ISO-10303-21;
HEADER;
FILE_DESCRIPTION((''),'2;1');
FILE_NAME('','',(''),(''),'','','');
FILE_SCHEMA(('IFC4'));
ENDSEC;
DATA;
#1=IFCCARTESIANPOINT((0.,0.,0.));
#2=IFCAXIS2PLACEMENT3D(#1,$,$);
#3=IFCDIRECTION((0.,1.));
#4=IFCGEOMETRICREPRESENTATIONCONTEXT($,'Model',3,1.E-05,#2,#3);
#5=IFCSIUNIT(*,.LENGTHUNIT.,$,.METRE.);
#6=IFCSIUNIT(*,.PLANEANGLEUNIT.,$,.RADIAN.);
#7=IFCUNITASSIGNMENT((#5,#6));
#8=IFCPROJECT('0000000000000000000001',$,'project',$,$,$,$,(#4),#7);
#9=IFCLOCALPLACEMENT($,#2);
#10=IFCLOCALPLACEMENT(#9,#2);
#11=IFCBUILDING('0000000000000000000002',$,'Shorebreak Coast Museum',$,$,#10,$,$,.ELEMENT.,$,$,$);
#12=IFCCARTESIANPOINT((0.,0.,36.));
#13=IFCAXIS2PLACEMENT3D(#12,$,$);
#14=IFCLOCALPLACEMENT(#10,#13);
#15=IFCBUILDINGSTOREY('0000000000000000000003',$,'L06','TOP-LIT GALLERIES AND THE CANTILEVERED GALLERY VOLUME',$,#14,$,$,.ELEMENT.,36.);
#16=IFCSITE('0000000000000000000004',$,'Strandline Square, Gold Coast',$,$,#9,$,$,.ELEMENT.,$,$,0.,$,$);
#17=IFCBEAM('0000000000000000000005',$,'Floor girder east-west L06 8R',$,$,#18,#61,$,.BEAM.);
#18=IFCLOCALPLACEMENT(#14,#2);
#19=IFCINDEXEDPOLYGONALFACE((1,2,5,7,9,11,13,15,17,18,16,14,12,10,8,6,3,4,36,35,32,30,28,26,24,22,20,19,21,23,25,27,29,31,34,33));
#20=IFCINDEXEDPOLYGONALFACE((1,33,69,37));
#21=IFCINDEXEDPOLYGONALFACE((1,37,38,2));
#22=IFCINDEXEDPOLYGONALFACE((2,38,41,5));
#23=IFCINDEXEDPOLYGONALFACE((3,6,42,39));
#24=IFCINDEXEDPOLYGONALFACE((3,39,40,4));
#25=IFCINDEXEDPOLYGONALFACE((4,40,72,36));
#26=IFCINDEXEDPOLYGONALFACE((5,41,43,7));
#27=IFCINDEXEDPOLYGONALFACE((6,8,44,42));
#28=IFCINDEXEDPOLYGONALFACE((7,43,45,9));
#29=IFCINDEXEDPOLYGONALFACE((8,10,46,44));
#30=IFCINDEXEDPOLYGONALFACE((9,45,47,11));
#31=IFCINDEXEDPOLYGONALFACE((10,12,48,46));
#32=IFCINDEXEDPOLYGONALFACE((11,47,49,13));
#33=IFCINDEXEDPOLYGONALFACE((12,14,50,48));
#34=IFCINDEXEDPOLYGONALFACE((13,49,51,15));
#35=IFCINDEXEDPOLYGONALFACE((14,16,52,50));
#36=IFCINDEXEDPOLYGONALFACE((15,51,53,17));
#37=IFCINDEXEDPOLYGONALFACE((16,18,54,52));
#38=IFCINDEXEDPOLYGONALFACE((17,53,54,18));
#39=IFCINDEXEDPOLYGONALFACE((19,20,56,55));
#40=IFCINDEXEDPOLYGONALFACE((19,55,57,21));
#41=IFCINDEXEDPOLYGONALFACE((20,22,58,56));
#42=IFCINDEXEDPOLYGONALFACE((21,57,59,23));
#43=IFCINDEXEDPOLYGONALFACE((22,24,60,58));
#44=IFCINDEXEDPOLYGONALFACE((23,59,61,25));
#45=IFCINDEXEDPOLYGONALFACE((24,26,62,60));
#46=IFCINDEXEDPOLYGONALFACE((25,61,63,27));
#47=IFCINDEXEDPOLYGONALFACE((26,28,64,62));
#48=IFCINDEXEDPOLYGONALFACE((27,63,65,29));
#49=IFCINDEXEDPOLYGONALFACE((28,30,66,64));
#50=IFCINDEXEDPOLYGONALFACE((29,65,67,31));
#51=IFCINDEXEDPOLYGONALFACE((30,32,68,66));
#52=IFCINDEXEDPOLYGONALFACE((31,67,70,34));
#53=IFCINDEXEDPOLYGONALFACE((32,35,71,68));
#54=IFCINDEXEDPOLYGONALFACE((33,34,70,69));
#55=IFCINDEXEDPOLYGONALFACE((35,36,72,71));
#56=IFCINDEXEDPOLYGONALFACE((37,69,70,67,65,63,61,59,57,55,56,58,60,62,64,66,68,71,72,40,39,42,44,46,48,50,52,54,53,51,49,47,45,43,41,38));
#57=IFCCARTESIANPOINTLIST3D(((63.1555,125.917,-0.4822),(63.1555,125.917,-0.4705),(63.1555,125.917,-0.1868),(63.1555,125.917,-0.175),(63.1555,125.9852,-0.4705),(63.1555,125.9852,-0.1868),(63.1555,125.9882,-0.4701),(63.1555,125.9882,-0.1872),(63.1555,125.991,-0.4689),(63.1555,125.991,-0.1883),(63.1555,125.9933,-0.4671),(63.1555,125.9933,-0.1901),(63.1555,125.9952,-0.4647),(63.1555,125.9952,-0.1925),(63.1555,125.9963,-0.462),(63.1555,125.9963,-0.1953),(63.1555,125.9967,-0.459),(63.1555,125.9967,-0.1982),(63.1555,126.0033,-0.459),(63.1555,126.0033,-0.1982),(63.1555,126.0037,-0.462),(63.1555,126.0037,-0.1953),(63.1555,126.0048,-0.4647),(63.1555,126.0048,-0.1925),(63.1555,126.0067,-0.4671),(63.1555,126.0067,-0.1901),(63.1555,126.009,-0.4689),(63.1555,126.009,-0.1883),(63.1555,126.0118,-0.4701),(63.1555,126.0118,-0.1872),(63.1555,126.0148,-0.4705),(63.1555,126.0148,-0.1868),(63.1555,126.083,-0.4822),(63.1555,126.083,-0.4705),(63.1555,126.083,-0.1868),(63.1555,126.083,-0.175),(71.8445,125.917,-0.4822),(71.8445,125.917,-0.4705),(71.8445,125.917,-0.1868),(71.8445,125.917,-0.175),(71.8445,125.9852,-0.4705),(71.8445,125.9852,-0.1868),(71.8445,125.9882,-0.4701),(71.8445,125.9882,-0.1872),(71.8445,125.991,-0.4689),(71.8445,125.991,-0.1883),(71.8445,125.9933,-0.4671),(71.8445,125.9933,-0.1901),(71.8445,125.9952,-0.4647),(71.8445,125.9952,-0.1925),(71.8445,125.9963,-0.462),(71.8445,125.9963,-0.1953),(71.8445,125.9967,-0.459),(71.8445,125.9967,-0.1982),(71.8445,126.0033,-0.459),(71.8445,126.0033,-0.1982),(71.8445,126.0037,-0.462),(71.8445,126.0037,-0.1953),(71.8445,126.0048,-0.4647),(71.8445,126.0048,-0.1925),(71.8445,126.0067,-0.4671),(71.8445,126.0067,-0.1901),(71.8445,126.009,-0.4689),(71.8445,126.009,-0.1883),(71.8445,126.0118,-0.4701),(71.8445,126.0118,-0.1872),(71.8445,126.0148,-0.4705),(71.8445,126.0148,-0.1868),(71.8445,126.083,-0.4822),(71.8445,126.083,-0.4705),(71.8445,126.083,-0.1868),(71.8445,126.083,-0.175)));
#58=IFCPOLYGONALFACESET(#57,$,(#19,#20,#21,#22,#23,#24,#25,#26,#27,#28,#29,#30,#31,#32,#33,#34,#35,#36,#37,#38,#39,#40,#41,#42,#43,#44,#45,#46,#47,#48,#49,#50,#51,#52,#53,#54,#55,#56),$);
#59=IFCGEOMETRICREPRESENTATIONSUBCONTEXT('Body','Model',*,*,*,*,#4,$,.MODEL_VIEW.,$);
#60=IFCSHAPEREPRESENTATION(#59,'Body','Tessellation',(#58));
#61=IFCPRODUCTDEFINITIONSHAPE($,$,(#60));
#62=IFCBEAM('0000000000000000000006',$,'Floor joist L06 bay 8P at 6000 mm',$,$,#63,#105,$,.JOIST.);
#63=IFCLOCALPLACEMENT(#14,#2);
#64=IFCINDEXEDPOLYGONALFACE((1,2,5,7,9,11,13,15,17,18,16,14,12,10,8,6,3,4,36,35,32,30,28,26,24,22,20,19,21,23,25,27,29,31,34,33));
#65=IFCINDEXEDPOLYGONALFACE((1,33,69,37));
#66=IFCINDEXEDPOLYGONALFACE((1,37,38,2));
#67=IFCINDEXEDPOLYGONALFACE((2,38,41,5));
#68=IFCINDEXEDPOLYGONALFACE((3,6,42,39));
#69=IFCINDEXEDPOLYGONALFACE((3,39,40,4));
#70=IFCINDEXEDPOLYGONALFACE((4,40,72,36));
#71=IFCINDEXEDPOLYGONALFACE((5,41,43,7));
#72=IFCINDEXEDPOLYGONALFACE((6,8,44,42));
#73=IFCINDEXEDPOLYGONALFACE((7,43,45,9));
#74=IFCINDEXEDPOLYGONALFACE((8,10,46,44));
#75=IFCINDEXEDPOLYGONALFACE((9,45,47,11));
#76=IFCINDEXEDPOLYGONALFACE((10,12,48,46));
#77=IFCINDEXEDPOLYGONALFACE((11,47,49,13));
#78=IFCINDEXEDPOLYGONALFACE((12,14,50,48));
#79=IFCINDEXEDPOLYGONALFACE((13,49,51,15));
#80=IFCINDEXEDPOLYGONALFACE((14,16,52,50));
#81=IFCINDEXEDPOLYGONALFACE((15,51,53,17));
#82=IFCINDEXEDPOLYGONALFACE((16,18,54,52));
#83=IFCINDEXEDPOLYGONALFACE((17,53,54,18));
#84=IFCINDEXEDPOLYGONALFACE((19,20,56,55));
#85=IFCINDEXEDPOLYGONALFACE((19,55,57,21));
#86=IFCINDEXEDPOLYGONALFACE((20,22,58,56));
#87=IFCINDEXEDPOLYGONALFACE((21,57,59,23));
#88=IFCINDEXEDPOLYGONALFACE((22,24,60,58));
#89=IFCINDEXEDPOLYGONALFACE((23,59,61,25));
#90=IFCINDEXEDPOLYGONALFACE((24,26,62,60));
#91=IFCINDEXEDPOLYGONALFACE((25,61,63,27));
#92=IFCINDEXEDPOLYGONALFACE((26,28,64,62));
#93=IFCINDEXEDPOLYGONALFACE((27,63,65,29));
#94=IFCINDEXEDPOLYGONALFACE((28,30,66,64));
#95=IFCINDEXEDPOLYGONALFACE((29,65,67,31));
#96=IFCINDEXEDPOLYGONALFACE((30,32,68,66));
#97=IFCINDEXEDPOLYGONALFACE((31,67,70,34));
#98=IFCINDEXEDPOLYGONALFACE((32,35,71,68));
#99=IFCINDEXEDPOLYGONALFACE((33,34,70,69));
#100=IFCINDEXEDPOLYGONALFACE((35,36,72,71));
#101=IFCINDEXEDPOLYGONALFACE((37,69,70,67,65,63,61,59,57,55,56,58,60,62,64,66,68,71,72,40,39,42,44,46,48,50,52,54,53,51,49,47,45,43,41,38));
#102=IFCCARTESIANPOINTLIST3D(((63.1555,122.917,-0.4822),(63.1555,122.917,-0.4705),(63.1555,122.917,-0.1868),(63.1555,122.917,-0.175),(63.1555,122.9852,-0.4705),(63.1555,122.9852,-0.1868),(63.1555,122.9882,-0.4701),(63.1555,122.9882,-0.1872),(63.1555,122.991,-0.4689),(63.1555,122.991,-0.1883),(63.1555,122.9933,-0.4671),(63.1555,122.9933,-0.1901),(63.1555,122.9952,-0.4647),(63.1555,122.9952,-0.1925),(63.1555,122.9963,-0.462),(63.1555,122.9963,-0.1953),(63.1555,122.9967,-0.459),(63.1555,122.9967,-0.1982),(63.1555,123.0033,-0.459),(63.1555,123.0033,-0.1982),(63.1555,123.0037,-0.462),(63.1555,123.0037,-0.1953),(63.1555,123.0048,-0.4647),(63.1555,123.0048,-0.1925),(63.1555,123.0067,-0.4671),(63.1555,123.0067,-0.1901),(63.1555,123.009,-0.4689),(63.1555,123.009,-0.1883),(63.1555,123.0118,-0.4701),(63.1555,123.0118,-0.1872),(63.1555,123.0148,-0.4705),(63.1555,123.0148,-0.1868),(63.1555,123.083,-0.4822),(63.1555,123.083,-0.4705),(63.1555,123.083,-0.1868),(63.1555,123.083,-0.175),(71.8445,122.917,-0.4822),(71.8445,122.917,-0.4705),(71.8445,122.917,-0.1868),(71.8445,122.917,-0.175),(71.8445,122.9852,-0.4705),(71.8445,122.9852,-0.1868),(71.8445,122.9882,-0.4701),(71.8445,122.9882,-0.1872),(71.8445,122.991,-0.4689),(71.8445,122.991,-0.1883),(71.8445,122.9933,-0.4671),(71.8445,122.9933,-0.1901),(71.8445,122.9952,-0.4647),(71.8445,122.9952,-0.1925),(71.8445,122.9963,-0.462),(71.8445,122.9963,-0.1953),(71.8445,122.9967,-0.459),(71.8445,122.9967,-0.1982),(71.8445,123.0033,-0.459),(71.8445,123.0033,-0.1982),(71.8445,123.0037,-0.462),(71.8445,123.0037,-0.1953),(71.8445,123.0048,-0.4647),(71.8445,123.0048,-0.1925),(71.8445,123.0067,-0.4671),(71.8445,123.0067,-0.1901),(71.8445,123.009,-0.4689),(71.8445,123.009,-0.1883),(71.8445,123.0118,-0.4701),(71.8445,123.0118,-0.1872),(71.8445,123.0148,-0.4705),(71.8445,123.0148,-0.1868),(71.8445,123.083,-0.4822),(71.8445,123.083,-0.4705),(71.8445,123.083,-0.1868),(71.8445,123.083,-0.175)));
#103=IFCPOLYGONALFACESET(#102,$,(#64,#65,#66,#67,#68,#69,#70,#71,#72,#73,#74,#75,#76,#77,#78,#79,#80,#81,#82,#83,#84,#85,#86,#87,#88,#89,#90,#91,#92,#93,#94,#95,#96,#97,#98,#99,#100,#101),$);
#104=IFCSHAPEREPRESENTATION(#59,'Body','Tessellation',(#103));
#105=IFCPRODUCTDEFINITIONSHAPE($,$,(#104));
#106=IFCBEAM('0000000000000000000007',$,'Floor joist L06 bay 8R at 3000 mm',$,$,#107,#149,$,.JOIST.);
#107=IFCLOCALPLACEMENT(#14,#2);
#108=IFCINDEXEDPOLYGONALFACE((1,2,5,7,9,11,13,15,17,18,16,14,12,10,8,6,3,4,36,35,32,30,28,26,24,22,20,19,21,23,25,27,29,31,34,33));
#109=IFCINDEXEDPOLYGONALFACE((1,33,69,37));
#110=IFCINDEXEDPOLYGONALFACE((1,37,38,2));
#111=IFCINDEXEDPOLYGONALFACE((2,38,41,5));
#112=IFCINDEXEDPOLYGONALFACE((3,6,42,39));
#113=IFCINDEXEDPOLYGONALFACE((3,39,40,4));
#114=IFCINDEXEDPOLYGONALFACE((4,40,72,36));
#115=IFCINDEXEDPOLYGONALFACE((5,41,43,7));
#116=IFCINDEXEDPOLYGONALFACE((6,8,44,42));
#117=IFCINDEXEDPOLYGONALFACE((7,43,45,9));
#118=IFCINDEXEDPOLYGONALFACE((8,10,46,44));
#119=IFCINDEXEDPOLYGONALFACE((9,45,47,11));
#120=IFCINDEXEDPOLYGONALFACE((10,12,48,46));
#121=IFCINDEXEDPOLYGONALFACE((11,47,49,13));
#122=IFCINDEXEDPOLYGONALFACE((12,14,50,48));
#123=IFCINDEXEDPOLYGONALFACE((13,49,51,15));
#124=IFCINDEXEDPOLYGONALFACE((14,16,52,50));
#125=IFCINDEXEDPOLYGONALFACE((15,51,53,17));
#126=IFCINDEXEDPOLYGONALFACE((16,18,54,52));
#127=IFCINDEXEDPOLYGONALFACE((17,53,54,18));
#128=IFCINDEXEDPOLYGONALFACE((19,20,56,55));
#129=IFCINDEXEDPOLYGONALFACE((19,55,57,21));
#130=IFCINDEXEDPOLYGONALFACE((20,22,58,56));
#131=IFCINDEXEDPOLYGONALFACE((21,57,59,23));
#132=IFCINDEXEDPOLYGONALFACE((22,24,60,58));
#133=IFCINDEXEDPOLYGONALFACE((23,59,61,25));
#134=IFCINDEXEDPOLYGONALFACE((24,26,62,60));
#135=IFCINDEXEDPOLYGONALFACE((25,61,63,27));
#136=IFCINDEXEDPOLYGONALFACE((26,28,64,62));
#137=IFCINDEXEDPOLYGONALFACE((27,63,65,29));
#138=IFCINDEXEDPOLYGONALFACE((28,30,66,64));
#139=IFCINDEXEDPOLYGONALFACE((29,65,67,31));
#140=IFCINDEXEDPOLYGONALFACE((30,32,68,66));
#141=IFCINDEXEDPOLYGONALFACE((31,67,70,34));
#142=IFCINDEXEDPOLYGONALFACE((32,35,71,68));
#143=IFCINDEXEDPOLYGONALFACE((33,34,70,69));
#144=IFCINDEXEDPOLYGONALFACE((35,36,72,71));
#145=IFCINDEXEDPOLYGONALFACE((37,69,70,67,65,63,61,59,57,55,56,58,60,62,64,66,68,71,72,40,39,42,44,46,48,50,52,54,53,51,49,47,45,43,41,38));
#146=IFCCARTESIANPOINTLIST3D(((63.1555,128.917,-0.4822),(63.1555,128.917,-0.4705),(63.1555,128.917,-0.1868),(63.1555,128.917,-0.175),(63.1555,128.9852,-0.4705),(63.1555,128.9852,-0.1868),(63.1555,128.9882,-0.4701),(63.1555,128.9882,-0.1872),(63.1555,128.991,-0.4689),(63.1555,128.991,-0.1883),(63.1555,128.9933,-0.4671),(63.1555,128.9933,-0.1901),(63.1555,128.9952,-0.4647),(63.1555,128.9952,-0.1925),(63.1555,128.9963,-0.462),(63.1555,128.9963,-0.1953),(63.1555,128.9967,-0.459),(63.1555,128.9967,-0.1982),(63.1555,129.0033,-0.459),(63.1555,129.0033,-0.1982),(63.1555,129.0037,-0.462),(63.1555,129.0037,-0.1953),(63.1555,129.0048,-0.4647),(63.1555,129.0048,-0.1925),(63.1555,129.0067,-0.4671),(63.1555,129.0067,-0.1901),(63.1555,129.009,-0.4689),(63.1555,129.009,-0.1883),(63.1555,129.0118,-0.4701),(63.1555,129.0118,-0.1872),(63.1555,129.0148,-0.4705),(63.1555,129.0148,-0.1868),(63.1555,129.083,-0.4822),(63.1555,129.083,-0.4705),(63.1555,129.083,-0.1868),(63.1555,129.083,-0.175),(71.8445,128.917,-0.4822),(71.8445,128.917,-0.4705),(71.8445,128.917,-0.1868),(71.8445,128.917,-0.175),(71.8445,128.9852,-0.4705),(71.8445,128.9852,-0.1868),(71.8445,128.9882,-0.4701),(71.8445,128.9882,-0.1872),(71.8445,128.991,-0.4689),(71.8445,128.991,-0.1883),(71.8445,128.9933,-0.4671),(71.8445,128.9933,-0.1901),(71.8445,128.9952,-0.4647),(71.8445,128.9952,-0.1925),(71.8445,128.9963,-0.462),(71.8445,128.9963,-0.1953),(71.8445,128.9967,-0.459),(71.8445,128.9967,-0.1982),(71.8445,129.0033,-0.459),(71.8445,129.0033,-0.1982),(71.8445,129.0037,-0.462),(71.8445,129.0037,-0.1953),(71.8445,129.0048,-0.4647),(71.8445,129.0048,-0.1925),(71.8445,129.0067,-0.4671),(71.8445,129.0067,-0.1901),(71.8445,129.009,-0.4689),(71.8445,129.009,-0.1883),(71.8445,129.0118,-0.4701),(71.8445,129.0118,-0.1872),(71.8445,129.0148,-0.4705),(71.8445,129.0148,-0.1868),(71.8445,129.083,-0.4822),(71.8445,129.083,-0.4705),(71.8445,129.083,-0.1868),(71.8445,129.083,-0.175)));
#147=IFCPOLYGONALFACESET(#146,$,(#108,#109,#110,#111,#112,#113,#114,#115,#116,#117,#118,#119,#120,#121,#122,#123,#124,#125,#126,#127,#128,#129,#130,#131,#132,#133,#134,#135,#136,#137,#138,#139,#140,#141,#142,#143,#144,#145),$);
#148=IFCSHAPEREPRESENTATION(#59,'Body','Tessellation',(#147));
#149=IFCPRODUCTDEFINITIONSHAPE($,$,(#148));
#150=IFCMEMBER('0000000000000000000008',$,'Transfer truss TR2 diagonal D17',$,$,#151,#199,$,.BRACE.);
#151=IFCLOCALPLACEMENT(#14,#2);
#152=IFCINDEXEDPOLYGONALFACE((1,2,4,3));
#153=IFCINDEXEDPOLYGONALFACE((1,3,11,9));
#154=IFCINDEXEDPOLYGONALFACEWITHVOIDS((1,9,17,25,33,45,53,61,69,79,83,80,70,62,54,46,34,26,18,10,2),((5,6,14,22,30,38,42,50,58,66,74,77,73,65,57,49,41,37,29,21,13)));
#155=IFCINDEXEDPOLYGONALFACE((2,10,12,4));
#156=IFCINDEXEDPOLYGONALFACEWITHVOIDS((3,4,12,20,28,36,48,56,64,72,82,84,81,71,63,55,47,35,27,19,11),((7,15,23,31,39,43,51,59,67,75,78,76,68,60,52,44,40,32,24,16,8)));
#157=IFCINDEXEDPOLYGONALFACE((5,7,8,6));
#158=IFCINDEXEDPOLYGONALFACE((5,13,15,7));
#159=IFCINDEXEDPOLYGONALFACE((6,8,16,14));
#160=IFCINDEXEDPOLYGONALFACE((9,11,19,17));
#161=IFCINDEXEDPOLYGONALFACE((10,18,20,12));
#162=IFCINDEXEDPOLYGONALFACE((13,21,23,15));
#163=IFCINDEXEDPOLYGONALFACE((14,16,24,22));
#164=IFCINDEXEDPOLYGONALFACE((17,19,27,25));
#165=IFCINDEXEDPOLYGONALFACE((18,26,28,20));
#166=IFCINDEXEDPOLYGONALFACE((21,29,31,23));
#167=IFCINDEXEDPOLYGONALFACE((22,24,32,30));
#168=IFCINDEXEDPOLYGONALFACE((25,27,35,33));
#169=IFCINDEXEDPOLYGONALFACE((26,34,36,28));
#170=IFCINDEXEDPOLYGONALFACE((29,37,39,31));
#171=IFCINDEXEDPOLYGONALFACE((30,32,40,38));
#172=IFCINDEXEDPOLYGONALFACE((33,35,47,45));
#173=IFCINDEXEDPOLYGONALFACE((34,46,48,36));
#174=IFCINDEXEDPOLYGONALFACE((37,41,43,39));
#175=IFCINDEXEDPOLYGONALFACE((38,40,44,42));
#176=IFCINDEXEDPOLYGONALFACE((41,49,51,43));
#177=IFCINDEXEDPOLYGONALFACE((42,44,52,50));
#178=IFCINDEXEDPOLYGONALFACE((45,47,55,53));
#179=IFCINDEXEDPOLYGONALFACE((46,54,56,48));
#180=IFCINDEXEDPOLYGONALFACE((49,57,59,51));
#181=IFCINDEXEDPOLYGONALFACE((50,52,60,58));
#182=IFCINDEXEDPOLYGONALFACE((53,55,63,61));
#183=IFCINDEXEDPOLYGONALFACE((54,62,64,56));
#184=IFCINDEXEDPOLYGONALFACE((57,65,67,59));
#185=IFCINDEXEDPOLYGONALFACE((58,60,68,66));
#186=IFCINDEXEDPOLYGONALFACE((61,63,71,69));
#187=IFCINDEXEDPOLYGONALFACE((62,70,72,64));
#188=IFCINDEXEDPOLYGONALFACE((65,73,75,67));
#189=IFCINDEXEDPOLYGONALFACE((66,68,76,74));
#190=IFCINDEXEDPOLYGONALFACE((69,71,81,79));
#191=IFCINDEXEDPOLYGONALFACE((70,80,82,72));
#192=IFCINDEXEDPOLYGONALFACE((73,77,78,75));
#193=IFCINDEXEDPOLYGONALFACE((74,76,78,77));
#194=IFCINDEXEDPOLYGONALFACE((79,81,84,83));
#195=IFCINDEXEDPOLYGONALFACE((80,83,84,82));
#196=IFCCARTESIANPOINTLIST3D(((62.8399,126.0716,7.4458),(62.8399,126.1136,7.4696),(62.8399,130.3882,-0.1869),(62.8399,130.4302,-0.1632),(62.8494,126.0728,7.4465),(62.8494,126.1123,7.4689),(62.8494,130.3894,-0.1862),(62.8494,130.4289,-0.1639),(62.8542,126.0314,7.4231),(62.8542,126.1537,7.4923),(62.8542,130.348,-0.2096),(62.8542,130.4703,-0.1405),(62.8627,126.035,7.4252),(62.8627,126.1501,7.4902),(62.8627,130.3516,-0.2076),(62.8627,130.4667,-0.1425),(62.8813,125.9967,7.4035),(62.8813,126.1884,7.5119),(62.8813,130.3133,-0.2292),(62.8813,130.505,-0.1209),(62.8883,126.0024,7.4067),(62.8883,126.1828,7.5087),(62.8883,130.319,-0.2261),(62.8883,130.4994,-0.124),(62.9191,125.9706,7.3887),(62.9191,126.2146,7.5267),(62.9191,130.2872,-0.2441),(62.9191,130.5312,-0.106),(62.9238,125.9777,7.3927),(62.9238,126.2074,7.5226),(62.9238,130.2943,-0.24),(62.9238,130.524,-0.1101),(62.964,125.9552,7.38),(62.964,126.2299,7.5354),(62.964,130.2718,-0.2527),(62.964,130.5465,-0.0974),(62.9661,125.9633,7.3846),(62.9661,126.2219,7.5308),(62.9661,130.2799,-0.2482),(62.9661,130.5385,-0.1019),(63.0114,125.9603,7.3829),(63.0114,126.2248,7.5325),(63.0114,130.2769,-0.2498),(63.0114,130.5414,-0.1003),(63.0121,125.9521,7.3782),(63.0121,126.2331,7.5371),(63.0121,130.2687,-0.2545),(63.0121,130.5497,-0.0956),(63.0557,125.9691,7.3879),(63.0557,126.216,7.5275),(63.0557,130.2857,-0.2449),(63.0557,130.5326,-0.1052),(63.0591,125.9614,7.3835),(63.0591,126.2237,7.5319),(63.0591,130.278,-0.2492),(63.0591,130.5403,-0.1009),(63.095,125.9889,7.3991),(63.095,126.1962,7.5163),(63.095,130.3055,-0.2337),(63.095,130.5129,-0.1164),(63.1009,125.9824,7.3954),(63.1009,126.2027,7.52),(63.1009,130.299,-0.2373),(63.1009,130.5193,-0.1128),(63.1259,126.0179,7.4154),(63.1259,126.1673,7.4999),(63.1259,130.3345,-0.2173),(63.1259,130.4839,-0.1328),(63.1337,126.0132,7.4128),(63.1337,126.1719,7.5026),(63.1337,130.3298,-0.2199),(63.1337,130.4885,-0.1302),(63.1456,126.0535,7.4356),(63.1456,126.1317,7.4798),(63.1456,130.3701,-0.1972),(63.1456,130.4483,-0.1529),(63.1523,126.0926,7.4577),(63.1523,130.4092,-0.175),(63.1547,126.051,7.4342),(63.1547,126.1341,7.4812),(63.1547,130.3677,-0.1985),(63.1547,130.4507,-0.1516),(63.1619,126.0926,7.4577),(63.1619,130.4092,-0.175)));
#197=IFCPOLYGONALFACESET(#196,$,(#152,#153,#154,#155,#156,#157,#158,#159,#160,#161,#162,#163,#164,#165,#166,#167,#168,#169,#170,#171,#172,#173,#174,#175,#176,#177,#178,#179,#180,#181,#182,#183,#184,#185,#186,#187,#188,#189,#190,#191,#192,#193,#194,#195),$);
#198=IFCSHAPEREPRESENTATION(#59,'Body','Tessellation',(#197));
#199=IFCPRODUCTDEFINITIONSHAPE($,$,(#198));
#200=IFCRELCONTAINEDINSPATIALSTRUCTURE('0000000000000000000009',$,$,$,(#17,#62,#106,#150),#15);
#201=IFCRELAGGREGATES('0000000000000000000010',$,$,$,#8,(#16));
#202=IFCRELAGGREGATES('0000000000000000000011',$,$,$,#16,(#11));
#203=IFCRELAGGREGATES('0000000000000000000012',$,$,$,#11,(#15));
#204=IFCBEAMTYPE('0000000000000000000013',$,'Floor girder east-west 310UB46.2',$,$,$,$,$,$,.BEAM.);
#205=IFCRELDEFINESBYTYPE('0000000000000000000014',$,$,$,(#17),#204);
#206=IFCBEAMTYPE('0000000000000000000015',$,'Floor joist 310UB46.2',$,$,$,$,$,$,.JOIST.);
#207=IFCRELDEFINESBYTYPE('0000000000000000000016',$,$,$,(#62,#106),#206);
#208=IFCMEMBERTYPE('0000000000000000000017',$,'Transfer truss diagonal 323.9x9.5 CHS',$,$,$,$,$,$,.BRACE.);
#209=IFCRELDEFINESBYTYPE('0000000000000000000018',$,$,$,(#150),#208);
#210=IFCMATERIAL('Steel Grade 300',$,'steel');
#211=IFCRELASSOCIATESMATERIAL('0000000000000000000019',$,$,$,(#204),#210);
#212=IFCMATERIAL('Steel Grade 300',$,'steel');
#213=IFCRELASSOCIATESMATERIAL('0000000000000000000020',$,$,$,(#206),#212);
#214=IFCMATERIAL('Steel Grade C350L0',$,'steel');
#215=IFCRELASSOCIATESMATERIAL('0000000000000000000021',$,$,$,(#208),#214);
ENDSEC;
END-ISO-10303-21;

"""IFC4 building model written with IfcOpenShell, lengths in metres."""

from ifc_helpers import new_model, si_unit, direction, frame, origin, origin_2d, place, context, subcontext, project, spatial, hollow_circle, i_section, extrude, material, material_profile, profile_set, type_object, element, save


model = new_model("IFC4")

# Units and contexts
model_context = context("Model", 3, precision=1e-05, world=origin(), true_north=direction((0.0, 1.0)))
body_context = subcontext(model_context, "Body", "Model", "MODEL_VIEW")
ifc_project = project(units=[si_unit("LENGTHUNIT", "METRE"), si_unit("PLANEANGLEUNIT", "RADIAN")], contexts=[model_context])

# Site, building, storey
site_placement = place(None, origin())
site = spatial("IfcSite", under=ifc_project, at=site_placement, Name="Strandline Square, Gold Coast", CompositionType="ELEMENT", RefElevation=0.0)
building_placement = place(site_placement, origin())
building = spatial("IfcBuilding", under=site, at=building_placement, Name="Shorebreak Coast Museum", CompositionType="ELEMENT")
storey_placement = place(building_placement, frame((0.0, 0.0, 36.0)))
storey = spatial("IfcBuildingStorey", under=building, at=storey_placement, Name="L06", Description="TOP-LIT GALLERIES AND THE CANTILEVERED GALLERY VOLUME", CompositionType="ELEMENT", Elevation=36.0)

# Beams
ifc_material_1 = material(Name="Steel Grade 300", Category="steel")
ifc_material_profile_1 = material_profile(ifc_material_1, i_section(OverallWidth=0.166, OverallDepth=0.3071, WebThickness=0.0066, FlangeThickness=0.0117, FilletRadius=0.0115, at=origin_2d()), Name="310UB46.2")
ifc_profile_set_1 = profile_set([ifc_material_profile_1], Name="Steel Grade 300")
beam_type_1 = type_object("IfcBeamType", Name="Floor girder east-west 310UB46.2", PredefinedType="BEAM", material=ifc_profile_set_1)
beam_placement = place(storey_placement, frame((63.1555, 126.0, -0.3286), z_axis=(1.0, 0.0, 0.0), x_axis=(0.0, 1.0, 0.0)))
element("IfcBeam", 1, at=beam_placement, inside=storey, type_object=beam_type_1, Name="Floor girder east-west L06 8R", PredefinedType="BEAM", context=body_context, shape_type="SweptSolid", body=[
    extrude(i_section(OverallWidth=0.166, OverallDepth=0.3071, WebThickness=0.0066, FlangeThickness=0.0117, FilletRadius=0.0115, at=origin_2d()), origin(), (0.0, 0.0, 1.0), 8.689),
])
ifc_material_2 = material(Name="Steel Grade 300", Category="steel")
ifc_material_profile_2 = material_profile(ifc_material_2, i_section(OverallWidth=0.166, OverallDepth=0.3071, WebThickness=0.0066, FlangeThickness=0.0117, FilletRadius=0.0115, at=origin_2d()), Name="310UB46.2")
ifc_profile_set_2 = profile_set([ifc_material_profile_2], Name="Steel Grade 300")
beam_type_2 = type_object("IfcBeamType", Name="Floor joist 310UB46.2", PredefinedType="JOIST", material=ifc_profile_set_2)
for number, where, z_axis, x_axis, name in (
    (2, (63.1555, 123.0, -0.3286), (1.0, 0.0, 0.0), (0.0, 1.0, 0.0), "Floor joist L06 bay 8P at 6000 mm"),
    (3, (63.1555, 129.0, -0.3286), (1.0, 0.0, 0.0), (0.0, 1.0, 0.0), "Floor joist L06 bay 8R at 3000 mm"),
):
    element("IfcBeam", number, at=place(storey_placement, frame(where, z_axis=z_axis, x_axis=x_axis)), inside=storey, type_object=beam_type_2, Name=name, PredefinedType="JOIST", context=body_context, shape_type="SweptSolid", body=[
        extrude(i_section(OverallWidth=0.166, OverallDepth=0.3071, WebThickness=0.0066, FlangeThickness=0.0117, FilletRadius=0.0115, at=origin_2d()), origin(), (0.0, 0.0, 1.0), 8.689),
    ])

# Member
ifc_material_3 = material(Name="Steel Grade C350L0", Category="steel")
ifc_material_profile_3 = material_profile(ifc_material_3, hollow_circle(Radius=0.1619, WallThickness=0.0095, at=origin_2d()), Name="323.9x9.5 CHS")
ifc_profile_set_3 = profile_set([ifc_material_profile_3], Name="Steel Grade C350L0")
member_type_1 = type_object("IfcMemberType", Name="Transfer truss diagonal 323.9x9.5 CHS", PredefinedType="BRACE", material=ifc_profile_set_3)
member_1_placement = place(storey_placement, frame((63.0, 130.4092, -0.175), z_axis=(0.0, -0.492269, 0.870443), x_axis=(1.0, 0.0, 0.0)))
element("IfcMember", 4, at=member_1_placement, inside=storey, type_object=member_type_1, Name="Transfer truss TR2 diagonal D17", PredefinedType="BRACE", context=body_context, shape_type="SweptSolid", body=[
    extrude(hollow_circle(Radius=0.1619, WallThickness=0.0095, at=origin_2d()), origin(), (0.0, 0.0, 1.0), 8.7688),
])

save(model, "model.ifc")
